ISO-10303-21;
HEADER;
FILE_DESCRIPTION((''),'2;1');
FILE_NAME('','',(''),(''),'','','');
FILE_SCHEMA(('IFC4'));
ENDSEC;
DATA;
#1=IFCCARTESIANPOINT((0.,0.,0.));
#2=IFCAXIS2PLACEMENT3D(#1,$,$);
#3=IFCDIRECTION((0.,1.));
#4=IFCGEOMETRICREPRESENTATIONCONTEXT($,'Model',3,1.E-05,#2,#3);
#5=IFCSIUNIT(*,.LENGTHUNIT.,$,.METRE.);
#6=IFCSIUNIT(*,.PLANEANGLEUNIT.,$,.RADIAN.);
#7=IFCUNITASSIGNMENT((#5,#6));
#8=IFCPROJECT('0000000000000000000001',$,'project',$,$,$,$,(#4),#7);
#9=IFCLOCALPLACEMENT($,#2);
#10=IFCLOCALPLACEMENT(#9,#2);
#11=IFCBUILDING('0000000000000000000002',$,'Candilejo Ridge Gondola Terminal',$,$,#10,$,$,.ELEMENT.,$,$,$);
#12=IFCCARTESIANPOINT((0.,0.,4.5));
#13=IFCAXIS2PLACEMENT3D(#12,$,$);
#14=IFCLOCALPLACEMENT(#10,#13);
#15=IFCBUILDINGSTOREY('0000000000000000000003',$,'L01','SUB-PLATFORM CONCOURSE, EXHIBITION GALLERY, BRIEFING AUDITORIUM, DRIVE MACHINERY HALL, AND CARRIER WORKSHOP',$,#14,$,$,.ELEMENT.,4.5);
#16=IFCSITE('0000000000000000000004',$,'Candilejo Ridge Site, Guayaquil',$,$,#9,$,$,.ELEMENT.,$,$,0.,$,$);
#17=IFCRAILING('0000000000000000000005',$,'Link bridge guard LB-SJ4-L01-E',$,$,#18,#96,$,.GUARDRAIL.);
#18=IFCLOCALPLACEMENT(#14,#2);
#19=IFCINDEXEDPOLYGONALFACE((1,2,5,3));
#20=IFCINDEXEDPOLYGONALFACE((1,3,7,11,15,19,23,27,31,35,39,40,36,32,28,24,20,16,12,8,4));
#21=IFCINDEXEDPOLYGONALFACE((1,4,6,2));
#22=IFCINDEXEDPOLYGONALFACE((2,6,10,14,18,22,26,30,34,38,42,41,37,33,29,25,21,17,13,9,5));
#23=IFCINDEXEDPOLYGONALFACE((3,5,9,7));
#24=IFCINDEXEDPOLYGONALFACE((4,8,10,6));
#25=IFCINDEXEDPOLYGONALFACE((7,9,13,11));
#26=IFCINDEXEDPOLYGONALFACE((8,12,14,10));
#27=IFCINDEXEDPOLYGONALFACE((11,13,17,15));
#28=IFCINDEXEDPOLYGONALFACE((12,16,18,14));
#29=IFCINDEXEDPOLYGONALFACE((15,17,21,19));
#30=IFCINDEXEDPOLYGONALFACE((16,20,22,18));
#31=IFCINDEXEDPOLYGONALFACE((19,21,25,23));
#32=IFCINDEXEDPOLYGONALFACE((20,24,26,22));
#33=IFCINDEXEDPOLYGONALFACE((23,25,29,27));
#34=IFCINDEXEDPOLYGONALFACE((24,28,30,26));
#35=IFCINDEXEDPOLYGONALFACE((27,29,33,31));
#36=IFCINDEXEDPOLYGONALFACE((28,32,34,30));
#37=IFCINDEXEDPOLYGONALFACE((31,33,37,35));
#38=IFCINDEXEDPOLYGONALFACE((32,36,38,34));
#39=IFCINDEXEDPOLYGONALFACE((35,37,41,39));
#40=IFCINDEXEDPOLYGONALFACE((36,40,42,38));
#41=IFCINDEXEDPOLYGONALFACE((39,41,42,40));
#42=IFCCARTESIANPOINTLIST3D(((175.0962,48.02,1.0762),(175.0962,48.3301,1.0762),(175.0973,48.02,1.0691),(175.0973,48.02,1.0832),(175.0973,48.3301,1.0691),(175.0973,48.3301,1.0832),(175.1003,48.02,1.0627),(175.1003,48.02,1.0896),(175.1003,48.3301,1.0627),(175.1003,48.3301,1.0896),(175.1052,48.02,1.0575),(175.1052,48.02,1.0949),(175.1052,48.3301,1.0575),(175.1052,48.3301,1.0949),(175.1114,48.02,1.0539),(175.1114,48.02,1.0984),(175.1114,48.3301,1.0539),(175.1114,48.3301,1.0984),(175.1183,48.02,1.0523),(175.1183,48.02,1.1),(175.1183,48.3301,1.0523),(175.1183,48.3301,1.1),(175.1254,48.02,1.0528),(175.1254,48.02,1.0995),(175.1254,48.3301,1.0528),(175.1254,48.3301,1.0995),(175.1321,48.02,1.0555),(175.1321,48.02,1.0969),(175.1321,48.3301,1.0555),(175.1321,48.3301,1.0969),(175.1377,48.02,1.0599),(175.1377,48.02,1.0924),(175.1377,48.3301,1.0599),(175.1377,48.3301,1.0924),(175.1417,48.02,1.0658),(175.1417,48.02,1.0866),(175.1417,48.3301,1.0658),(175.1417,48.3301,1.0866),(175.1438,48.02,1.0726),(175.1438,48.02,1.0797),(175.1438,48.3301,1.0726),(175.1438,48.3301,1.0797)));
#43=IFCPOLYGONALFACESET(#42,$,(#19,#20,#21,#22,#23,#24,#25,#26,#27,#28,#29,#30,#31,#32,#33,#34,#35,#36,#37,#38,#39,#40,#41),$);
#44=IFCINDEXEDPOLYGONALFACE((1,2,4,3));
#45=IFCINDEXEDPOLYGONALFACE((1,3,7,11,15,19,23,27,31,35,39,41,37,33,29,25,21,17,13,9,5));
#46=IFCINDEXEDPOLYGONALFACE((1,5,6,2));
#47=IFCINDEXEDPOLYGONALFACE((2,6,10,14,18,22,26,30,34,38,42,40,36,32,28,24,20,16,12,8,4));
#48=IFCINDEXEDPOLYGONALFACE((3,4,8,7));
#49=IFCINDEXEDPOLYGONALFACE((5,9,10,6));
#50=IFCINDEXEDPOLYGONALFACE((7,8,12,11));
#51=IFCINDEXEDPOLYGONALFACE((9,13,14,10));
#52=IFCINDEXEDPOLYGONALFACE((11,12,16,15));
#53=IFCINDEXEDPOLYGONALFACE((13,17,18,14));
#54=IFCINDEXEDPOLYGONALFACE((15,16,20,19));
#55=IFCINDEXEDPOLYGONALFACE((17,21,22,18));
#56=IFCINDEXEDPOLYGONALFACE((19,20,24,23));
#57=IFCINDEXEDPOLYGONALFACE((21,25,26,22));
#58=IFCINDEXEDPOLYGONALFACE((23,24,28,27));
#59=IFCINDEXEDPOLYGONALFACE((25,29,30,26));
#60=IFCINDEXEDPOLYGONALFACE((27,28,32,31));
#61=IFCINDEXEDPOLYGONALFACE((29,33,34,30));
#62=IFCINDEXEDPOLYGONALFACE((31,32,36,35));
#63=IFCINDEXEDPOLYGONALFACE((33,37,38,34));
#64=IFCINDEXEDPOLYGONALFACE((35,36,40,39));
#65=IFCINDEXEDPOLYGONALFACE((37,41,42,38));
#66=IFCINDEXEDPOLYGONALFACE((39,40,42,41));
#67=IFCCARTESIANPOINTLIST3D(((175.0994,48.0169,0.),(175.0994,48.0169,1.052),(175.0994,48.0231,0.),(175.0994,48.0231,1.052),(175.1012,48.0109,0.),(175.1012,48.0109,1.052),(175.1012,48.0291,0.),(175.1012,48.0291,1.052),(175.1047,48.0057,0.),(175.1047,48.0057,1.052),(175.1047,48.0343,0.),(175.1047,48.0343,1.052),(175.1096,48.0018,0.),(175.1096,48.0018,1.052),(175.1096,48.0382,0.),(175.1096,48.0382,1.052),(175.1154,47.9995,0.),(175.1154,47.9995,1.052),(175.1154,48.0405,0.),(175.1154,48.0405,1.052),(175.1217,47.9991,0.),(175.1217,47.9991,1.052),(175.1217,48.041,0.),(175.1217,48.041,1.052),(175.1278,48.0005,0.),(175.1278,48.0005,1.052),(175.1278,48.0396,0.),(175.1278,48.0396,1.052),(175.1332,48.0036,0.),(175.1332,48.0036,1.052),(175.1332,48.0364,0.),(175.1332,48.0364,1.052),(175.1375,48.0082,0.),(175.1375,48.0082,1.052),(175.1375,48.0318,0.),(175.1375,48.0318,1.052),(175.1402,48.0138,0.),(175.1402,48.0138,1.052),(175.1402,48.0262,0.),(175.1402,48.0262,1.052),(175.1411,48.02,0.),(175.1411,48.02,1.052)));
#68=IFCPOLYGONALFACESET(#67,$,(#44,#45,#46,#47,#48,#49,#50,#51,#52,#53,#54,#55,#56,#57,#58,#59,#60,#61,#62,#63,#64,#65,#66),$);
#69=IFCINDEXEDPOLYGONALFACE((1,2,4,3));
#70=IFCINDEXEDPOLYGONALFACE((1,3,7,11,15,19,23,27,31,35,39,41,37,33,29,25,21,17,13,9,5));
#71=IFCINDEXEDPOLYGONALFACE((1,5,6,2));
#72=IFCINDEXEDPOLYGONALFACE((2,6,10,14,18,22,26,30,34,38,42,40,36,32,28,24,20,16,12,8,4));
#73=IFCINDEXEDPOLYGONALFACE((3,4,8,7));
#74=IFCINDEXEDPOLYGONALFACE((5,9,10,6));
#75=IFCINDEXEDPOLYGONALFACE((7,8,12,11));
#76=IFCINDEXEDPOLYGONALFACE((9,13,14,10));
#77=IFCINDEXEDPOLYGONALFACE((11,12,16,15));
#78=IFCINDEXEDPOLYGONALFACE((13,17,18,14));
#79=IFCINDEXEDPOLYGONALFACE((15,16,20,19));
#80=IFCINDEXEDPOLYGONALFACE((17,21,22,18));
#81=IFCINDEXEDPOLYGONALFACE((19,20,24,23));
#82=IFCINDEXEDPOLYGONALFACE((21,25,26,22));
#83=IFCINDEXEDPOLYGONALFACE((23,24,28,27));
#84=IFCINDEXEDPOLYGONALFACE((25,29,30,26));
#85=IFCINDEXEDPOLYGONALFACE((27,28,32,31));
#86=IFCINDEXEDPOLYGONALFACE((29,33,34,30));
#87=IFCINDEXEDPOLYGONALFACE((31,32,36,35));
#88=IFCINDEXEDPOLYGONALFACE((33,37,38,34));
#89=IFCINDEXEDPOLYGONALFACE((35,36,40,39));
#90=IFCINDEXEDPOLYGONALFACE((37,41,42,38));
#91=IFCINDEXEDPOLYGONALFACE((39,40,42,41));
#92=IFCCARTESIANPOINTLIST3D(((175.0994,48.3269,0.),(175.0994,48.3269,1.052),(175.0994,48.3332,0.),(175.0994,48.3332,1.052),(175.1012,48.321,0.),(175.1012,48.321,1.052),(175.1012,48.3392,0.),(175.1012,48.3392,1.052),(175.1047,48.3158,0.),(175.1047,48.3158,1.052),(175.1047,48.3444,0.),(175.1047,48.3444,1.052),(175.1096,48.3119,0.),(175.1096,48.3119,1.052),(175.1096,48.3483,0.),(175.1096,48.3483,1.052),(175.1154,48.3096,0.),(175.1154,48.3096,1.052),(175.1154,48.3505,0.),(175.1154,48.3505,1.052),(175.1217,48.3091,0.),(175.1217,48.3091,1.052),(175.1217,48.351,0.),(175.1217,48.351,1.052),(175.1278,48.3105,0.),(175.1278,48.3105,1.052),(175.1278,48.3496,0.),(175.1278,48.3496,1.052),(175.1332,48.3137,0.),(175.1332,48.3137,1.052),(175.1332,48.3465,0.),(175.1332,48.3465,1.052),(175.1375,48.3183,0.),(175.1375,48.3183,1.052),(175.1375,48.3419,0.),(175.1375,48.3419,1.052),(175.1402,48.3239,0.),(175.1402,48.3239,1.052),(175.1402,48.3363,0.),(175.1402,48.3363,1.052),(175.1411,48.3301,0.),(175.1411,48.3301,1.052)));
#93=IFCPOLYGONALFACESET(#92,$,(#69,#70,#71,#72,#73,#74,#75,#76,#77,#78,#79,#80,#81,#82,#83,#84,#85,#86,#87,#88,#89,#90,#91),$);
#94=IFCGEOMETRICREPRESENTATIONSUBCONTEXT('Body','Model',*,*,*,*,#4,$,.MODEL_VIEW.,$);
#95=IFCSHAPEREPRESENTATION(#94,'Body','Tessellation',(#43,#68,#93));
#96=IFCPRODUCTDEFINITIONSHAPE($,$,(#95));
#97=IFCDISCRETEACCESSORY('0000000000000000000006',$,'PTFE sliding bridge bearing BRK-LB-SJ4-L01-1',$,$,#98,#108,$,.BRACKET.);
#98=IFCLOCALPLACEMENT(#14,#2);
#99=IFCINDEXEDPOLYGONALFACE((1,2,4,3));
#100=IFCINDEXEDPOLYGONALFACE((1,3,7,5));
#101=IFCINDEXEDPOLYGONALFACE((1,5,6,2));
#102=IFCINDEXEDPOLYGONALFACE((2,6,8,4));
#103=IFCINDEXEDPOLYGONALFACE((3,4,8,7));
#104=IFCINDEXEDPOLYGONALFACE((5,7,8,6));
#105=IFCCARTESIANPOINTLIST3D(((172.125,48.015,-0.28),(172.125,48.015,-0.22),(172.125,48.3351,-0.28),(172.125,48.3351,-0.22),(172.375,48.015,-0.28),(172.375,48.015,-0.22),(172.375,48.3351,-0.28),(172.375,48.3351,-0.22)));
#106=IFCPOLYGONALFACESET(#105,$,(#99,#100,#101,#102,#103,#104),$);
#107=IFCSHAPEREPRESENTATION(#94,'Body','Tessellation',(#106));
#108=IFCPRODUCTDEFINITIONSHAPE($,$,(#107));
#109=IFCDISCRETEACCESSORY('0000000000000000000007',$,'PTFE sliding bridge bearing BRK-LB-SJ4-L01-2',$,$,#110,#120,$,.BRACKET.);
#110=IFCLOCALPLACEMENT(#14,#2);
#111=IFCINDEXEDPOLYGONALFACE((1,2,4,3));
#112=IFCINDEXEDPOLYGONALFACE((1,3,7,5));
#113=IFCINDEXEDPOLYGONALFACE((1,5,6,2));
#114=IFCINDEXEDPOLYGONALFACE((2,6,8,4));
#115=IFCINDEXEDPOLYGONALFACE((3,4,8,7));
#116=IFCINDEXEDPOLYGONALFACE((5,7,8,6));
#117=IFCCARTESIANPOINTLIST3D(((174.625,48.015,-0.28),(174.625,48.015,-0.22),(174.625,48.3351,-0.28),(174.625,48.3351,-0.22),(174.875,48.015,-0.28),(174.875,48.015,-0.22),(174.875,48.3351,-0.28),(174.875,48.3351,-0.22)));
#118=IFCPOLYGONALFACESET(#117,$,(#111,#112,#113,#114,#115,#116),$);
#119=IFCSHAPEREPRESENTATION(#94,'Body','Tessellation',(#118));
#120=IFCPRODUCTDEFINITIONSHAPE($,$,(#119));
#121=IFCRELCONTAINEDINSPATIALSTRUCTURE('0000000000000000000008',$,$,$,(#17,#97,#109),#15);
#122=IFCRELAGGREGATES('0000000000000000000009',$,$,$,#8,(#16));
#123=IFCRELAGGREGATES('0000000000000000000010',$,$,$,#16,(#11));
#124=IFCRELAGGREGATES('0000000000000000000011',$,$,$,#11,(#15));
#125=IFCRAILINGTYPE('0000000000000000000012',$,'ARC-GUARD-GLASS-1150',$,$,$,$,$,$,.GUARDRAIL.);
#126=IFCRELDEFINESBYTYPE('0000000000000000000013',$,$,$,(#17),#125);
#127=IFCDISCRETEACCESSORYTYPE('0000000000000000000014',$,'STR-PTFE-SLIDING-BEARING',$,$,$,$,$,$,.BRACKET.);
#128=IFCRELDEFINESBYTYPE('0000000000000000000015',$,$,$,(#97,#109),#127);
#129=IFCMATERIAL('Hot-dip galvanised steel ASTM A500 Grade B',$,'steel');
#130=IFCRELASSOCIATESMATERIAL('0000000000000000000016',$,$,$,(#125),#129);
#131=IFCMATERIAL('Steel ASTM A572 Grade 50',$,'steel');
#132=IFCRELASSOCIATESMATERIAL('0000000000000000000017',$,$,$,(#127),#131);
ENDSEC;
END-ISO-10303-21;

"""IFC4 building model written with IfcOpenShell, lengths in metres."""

from ifc_helpers import new_model, si_unit, direction, frame, origin, origin_2d, place, context, subcontext, project, spatial, rectangle, circle, extrude, material, type_object, element, save


model = new_model("IFC4")

# Units and contexts
model_context = context("Model", 3, precision=1e-05, world=origin(), true_north=direction((0.0, 1.0)))
body_context = subcontext(model_context, "Body", "Model", "MODEL_VIEW")
ifc_project = project(units=[si_unit("LENGTHUNIT", "METRE"), si_unit("PLANEANGLEUNIT", "RADIAN")], contexts=[model_context])

# Site, building, storey
site_placement = place(None, origin())
site = spatial("IfcSite", under=ifc_project, at=site_placement, Name="Candilejo Ridge Site, Guayaquil", CompositionType="ELEMENT", RefElevation=0.0)
building_placement = place(site_placement, origin())
building = spatial("IfcBuilding", under=site, at=building_placement, Name="Candilejo Ridge Gondola Terminal", CompositionType="ELEMENT")
storey_placement = place(building_placement, frame((0.0, 0.0, 4.5)))
storey = spatial("IfcBuildingStorey", under=building, at=storey_placement, Name="L01", Description="SUB-PLATFORM CONCOURSE, EXHIBITION GALLERY, BRIEFING AUDITORIUM, DRIVE MACHINERY HALL, AND CARRIER WORKSHOP", CompositionType="ELEMENT", Elevation=4.5)

# Railing
ifc_material_1 = material(Name="Hot-dip galvanised steel ASTM A500 Grade B", Category="steel")
railing_type = type_object("IfcRailingType", Name="ARC-GUARD-GLASS-1150", PredefinedType="GUARDRAIL", material=ifc_material_1)
railing_placement = place(storey_placement, frame((175.1201, 48.02, 0.0)))
element("IfcRailing", 1, at=railing_placement, inside=storey, type_object=railing_type, Name="Link bridge guard LB-SJ4-L01-E", PredefinedType="GUARDRAIL", context=body_context, shape_type="SweptSolid", body=[
    extrude(circle(Radius=0.0239, at=origin_2d()), frame((0.0, 0.0, 1.0762), z_axis=(0.0, 1.0, 0.0), x_axis=(-1.0, 0.0, 0.0)), (0.0, 0.0, 1.0), 0.3101),
    extrude(circle(Radius=0.021, at=origin_2d()), origin(), (0.0, 0.0, 1.0), 1.052),
    extrude(circle(Radius=0.021, at=origin_2d()), frame((0.0, 0.3101, 0.0)), (0.0, 0.0, 1.0), 1.052),
])

# Discrete accessories
ifc_material_2 = material(Name="Steel ASTM A572 Grade 50", Category="steel")
discrete_accessory_type = type_object("IfcDiscreteAccessoryType", Name="STR-PTFE-SLIDING-BEARING", PredefinedType="BRACKET", material=ifc_material_2)
for number, where, name in (
    (2, (172.25, 48.175, -0.28), "PTFE sliding bridge bearing BRK-LB-SJ4-L01-1"),
    (3, (174.75, 48.175, -0.28), "PTFE sliding bridge bearing BRK-LB-SJ4-L01-2"),
):
    element("IfcDiscreteAccessory", number, at=place(storey_placement, frame(where)), inside=storey, type_object=discrete_accessory_type, Name=name, PredefinedType="BRACKET", context=body_context, shape_type="SweptSolid", body=[
        extrude(rectangle(XDim=0.25, YDim=0.3201, at=origin_2d()), origin(), (0.0, 0.0, 1.0), 0.0601),
    ])

save(model, "model.ifc")
